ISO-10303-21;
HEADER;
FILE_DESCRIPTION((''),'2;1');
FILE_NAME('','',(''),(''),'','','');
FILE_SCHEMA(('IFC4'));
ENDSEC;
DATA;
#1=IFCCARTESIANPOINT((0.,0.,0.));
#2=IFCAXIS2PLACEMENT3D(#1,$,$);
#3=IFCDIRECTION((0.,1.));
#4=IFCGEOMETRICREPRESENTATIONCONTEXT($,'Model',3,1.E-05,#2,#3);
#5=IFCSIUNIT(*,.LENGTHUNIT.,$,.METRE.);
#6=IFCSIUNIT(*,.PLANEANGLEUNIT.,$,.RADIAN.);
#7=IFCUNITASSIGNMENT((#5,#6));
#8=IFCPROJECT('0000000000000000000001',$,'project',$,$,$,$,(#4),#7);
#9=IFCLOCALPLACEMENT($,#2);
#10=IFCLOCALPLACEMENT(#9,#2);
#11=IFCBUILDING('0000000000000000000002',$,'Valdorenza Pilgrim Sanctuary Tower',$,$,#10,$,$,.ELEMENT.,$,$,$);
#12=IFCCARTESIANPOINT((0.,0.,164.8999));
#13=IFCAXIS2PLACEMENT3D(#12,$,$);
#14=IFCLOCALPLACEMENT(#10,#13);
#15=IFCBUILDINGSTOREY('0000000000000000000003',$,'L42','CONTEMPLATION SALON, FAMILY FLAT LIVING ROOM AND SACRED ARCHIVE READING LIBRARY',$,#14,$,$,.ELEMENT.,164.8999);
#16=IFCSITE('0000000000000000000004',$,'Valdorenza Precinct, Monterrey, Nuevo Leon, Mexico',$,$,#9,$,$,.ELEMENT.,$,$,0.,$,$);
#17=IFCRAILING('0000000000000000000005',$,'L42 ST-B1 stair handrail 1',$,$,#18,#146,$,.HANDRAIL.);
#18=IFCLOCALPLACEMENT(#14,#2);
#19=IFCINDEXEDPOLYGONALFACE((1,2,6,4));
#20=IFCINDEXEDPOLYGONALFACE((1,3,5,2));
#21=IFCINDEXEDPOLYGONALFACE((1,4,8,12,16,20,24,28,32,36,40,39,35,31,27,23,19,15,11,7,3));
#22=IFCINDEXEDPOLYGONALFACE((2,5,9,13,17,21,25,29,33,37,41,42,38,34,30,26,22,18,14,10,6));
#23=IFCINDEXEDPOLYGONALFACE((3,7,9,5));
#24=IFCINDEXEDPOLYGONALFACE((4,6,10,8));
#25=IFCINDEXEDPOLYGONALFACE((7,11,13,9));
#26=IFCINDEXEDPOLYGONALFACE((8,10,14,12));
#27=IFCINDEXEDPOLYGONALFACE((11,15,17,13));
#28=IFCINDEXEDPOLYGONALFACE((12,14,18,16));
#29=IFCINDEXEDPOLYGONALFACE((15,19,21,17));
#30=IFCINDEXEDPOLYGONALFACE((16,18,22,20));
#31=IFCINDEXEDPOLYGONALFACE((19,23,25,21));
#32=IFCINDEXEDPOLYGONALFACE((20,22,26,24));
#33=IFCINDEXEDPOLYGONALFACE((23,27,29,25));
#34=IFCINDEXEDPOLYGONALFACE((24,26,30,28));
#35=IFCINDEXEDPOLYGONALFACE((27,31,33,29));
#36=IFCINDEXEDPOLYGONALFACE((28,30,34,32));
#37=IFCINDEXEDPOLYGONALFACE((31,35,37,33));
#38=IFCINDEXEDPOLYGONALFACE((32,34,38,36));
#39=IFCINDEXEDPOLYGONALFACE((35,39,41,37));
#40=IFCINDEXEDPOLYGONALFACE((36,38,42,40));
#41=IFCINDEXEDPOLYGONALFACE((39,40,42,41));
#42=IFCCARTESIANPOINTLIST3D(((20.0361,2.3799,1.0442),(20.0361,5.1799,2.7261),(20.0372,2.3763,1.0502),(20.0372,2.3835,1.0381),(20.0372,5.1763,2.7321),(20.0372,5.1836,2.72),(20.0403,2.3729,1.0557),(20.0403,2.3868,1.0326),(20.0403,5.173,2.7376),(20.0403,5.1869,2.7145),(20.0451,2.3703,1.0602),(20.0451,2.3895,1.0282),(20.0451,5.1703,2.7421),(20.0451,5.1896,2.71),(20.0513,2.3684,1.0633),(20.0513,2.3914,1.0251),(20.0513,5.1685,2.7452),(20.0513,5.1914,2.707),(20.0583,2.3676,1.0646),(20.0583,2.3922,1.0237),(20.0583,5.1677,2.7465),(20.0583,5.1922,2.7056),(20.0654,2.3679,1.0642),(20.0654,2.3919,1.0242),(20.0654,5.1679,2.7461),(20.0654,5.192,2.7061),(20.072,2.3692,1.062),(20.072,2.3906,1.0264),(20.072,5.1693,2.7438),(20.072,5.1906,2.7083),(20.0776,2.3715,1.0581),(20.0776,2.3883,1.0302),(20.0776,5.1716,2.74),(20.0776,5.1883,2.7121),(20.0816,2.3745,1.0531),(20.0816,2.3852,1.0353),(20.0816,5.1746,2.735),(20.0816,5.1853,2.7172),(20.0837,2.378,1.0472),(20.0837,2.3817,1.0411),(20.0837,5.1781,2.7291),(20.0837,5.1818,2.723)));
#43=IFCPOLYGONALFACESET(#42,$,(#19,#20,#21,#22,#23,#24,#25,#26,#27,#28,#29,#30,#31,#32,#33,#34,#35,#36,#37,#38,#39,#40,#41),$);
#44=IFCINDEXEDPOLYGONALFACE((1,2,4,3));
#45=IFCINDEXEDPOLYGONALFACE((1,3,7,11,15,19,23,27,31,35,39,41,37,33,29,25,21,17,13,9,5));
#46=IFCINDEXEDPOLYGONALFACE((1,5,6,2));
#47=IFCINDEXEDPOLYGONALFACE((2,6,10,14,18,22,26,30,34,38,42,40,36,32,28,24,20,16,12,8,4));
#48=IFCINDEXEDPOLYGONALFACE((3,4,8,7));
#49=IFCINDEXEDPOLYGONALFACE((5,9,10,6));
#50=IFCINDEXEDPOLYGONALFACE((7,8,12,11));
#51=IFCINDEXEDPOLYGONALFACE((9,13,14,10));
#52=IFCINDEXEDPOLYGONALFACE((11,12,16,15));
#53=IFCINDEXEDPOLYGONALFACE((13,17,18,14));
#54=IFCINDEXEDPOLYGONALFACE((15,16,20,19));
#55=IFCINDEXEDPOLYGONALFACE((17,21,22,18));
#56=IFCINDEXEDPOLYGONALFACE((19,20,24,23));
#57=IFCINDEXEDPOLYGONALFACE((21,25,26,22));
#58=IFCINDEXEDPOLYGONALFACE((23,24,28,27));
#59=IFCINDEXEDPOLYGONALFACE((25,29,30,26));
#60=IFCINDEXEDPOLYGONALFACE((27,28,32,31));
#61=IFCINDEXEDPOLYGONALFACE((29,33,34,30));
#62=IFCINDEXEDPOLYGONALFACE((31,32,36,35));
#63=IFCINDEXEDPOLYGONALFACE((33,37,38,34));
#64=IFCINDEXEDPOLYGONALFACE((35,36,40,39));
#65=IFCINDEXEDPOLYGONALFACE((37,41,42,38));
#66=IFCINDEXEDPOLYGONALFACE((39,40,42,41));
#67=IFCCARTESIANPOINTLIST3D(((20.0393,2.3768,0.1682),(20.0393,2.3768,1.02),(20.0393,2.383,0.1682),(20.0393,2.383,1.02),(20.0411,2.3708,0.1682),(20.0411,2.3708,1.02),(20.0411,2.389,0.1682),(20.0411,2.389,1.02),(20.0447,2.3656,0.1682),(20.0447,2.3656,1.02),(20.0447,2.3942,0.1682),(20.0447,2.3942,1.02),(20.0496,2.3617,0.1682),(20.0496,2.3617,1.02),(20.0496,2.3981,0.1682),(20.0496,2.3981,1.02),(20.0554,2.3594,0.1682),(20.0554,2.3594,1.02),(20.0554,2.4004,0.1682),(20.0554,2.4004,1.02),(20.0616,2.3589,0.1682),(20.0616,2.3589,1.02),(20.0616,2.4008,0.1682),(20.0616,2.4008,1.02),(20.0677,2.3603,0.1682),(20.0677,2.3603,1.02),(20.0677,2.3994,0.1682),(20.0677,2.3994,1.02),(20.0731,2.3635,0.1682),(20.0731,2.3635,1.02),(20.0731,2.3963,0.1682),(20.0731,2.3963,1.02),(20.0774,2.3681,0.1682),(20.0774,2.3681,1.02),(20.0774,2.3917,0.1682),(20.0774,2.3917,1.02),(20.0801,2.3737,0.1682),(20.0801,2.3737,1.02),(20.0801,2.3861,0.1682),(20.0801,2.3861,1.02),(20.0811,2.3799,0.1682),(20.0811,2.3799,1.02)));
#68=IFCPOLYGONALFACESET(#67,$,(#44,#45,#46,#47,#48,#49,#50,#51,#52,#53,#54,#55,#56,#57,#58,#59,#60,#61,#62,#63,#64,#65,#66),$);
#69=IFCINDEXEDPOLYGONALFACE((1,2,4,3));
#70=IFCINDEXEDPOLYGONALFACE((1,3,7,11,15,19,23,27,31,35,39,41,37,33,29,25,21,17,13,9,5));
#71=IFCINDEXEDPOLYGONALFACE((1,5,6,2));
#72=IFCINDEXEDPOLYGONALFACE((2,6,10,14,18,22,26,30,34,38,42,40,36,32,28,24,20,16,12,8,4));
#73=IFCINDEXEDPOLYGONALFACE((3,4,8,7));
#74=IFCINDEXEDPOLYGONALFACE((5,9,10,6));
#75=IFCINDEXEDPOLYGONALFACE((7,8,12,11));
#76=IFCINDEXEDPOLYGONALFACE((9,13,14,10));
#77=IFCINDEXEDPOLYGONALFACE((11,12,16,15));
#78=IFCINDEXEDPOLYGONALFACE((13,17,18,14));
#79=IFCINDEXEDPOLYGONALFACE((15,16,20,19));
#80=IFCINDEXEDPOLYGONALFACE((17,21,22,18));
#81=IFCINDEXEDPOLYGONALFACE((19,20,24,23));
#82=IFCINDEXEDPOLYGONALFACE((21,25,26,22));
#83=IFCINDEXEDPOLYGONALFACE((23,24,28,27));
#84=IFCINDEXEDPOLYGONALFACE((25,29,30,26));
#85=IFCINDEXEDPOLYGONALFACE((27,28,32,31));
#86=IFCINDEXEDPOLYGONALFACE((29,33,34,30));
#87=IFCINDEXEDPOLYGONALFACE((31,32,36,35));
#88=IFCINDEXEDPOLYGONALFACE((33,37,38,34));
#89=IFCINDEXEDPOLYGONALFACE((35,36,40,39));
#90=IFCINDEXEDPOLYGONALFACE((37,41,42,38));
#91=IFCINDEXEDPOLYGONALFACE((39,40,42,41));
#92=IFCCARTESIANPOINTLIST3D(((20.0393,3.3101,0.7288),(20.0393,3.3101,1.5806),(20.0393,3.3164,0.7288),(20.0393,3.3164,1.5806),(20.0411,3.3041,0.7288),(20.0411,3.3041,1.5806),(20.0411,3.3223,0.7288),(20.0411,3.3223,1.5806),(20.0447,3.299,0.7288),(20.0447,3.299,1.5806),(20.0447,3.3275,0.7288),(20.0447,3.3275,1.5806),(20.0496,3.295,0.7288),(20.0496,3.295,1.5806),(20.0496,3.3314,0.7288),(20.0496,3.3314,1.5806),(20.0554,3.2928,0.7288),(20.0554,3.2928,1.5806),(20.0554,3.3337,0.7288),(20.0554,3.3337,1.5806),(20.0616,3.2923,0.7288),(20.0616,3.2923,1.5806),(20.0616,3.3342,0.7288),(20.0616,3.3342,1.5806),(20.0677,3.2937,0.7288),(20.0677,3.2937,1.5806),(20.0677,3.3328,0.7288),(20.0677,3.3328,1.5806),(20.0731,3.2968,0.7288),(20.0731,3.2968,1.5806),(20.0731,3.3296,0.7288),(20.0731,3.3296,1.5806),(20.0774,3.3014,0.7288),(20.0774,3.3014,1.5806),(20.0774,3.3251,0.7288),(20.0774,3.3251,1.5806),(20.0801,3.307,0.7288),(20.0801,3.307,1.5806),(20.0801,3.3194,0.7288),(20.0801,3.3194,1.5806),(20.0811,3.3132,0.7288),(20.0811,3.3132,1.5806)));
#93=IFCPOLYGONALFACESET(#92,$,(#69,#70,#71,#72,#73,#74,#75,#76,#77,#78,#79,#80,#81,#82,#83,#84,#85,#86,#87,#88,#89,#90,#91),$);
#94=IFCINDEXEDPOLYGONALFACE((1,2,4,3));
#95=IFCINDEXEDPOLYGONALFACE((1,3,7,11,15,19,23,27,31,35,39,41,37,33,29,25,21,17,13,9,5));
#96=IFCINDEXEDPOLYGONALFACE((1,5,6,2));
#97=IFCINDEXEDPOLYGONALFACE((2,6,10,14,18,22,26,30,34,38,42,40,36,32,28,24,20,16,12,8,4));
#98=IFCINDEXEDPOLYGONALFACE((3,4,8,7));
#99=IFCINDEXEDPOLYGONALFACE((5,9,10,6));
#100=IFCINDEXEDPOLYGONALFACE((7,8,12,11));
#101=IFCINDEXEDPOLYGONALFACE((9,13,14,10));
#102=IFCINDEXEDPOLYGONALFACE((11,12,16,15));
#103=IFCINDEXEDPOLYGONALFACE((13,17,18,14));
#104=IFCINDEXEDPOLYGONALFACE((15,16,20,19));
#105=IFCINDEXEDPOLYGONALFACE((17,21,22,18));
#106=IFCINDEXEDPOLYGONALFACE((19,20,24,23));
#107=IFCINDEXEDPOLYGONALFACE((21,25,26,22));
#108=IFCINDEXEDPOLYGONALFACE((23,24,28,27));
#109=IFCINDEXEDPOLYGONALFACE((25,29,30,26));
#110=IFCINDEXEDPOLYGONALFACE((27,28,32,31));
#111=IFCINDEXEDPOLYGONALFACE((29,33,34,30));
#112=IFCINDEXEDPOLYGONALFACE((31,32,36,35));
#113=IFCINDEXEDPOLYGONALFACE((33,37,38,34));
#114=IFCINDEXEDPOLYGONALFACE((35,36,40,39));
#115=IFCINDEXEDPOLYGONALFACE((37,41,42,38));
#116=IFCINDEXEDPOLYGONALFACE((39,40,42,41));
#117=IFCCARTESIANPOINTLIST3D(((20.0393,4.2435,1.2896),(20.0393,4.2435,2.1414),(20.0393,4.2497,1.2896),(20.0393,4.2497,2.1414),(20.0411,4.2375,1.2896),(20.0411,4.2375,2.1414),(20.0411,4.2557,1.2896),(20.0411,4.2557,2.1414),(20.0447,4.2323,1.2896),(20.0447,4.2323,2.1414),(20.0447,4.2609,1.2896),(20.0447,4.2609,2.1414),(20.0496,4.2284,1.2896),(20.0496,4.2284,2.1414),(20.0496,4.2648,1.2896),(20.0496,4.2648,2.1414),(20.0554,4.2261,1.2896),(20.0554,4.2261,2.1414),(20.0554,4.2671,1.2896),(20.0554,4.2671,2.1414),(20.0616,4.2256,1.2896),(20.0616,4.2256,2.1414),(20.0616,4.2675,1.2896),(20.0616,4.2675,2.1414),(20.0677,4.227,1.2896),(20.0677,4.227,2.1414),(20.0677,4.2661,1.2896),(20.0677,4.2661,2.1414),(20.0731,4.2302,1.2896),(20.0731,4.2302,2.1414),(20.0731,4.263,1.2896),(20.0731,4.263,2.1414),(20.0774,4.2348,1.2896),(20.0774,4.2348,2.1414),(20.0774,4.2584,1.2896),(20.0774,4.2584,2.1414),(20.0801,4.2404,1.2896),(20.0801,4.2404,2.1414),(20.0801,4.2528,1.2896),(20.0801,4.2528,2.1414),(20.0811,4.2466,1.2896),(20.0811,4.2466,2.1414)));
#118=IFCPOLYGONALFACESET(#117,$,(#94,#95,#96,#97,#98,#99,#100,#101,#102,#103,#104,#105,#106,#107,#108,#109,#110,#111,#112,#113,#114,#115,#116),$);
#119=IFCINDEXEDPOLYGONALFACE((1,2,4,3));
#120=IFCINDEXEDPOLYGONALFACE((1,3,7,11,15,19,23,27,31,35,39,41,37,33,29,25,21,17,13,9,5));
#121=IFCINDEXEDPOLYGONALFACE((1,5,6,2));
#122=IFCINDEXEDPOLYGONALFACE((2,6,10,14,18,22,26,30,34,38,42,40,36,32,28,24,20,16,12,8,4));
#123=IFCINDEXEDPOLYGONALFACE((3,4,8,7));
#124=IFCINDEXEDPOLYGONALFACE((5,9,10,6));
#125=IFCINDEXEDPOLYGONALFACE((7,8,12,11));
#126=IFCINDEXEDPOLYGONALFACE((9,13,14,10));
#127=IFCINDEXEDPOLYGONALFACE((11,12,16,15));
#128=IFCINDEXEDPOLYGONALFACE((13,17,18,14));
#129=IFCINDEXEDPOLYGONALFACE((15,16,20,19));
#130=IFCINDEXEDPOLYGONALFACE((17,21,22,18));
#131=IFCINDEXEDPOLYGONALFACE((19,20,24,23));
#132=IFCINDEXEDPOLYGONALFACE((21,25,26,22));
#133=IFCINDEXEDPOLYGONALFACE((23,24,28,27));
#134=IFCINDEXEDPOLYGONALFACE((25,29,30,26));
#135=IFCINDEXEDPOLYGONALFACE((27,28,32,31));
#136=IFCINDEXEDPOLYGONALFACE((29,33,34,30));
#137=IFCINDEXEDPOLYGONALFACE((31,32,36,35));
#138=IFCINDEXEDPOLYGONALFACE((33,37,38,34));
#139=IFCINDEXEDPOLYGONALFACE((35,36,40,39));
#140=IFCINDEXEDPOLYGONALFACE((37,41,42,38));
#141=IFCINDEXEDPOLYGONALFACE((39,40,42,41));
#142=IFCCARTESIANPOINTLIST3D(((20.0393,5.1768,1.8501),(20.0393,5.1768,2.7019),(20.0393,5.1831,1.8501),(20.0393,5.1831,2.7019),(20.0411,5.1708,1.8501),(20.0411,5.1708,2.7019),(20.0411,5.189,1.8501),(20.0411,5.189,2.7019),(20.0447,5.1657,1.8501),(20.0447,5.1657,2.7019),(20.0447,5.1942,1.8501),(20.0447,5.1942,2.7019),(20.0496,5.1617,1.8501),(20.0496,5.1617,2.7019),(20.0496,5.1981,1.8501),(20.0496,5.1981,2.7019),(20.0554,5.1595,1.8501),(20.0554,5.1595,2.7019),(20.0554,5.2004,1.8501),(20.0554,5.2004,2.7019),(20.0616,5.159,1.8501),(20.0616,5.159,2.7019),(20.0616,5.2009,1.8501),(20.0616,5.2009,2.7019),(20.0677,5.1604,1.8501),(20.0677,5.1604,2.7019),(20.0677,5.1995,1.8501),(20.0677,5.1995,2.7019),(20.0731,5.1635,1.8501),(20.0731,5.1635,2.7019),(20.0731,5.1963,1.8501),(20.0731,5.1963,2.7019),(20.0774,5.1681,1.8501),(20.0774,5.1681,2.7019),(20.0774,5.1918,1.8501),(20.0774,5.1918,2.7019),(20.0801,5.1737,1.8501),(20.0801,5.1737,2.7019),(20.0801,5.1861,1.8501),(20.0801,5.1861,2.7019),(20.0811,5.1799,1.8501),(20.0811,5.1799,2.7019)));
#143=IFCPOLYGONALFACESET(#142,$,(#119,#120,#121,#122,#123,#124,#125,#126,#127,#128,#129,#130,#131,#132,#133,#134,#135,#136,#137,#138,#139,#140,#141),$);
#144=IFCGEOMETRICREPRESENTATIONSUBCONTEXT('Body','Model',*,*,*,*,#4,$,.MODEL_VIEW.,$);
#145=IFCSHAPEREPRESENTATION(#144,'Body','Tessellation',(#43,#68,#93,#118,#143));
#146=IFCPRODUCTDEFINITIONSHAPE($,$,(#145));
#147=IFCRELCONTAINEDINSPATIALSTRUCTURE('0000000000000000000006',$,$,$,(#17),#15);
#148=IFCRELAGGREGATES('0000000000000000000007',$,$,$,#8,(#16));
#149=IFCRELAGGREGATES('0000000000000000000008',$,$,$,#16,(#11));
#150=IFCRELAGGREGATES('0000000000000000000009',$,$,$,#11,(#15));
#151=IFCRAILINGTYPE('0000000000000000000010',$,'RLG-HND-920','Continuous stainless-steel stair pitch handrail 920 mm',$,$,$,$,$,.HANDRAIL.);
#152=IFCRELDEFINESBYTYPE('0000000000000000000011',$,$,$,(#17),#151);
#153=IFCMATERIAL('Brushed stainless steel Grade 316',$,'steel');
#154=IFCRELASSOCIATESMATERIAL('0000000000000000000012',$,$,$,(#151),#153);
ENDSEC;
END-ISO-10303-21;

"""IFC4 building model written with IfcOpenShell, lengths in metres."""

from ifc_helpers import new_model, si_unit, direction, frame, origin, origin_2d, place, context, subcontext, project, spatial, circle, extrude, material, type_object, element, save


model = new_model("IFC4")

# Units and contexts
model_context = context("Model", 3, precision=1e-05, world=origin(), true_north=direction((0.0, 1.0)))
body_context = subcontext(model_context, "Body", "Model", "MODEL_VIEW")
ifc_project = project(units=[si_unit("LENGTHUNIT", "METRE"), si_unit("PLANEANGLEUNIT", "RADIAN")], contexts=[model_context])

# Site, building, storey
site_placement = place(None, origin())
site = spatial("IfcSite", under=ifc_project, at=site_placement, Name="Valdorenza Precinct, Monterrey, Nuevo Leon, Mexico", CompositionType="ELEMENT", RefElevation=0.0)
building_placement = place(site_placement, origin())
building = spatial("IfcBuilding", under=site, at=building_placement, Name="Valdorenza Pilgrim Sanctuary Tower", CompositionType="ELEMENT")
storey_placement = place(building_placement, frame((0.0, 0.0, 164.8999)))
storey = spatial("IfcBuildingStorey", under=building, at=storey_placement, Name="L42", Description="CONTEMPLATION SALON, FAMILY FLAT LIVING ROOM AND SACRED ARCHIVE READING LIBRARY", CompositionType="ELEMENT", Elevation=164.8999)

# Shared definitions
ifc_material_1 = material(Name="Brushed stainless steel Grade 316", Category="steel")

# Railing
railing_type_1 = type_object("IfcRailingType", Name="RLG-HND-920", Description="Continuous stainless-steel stair pitch handrail 920 mm", PredefinedType="HANDRAIL", material=ifc_material_1)
railing_1_placement = place(storey_placement, frame((20.0601, 2.3799, 0.1682)))
element("IfcRailing", 1, at=railing_1_placement, inside=storey, type_object=railing_type_1, Name="L42 ST-B1 stair handrail 1", PredefinedType="HANDRAIL", context=body_context, shape_type="SweptSolid", body=[
    extrude(circle(Radius=0.0239, at=origin_2d()), frame((0.0, 0.0, 0.876), z_axis=(0.0, 0.857242, 0.514913), x_axis=(-1.0, 0.0, 0.0)), (0.0, 0.0, 1.0), 3.2664),
    extrude(circle(Radius=0.021, at=origin_2d()), origin(), (0.0, 0.0, 1.0), 0.8518),
    extrude(circle(Radius=0.021, at=origin_2d()), frame((0.0, 0.9333, 0.5605)), (0.0, 0.0, 1.0), 0.8518),
    extrude(circle(Radius=0.021, at=origin_2d()), frame((0.0, 1.8667, 1.1213)), (0.0, 0.0, 1.0), 0.8518),
    extrude(circle(Radius=0.021, at=origin_2d()), frame((0.0, 2.8, 1.6819)), (0.0, 0.0, 1.0), 0.8518),
])

save(model, "model.ifc")
